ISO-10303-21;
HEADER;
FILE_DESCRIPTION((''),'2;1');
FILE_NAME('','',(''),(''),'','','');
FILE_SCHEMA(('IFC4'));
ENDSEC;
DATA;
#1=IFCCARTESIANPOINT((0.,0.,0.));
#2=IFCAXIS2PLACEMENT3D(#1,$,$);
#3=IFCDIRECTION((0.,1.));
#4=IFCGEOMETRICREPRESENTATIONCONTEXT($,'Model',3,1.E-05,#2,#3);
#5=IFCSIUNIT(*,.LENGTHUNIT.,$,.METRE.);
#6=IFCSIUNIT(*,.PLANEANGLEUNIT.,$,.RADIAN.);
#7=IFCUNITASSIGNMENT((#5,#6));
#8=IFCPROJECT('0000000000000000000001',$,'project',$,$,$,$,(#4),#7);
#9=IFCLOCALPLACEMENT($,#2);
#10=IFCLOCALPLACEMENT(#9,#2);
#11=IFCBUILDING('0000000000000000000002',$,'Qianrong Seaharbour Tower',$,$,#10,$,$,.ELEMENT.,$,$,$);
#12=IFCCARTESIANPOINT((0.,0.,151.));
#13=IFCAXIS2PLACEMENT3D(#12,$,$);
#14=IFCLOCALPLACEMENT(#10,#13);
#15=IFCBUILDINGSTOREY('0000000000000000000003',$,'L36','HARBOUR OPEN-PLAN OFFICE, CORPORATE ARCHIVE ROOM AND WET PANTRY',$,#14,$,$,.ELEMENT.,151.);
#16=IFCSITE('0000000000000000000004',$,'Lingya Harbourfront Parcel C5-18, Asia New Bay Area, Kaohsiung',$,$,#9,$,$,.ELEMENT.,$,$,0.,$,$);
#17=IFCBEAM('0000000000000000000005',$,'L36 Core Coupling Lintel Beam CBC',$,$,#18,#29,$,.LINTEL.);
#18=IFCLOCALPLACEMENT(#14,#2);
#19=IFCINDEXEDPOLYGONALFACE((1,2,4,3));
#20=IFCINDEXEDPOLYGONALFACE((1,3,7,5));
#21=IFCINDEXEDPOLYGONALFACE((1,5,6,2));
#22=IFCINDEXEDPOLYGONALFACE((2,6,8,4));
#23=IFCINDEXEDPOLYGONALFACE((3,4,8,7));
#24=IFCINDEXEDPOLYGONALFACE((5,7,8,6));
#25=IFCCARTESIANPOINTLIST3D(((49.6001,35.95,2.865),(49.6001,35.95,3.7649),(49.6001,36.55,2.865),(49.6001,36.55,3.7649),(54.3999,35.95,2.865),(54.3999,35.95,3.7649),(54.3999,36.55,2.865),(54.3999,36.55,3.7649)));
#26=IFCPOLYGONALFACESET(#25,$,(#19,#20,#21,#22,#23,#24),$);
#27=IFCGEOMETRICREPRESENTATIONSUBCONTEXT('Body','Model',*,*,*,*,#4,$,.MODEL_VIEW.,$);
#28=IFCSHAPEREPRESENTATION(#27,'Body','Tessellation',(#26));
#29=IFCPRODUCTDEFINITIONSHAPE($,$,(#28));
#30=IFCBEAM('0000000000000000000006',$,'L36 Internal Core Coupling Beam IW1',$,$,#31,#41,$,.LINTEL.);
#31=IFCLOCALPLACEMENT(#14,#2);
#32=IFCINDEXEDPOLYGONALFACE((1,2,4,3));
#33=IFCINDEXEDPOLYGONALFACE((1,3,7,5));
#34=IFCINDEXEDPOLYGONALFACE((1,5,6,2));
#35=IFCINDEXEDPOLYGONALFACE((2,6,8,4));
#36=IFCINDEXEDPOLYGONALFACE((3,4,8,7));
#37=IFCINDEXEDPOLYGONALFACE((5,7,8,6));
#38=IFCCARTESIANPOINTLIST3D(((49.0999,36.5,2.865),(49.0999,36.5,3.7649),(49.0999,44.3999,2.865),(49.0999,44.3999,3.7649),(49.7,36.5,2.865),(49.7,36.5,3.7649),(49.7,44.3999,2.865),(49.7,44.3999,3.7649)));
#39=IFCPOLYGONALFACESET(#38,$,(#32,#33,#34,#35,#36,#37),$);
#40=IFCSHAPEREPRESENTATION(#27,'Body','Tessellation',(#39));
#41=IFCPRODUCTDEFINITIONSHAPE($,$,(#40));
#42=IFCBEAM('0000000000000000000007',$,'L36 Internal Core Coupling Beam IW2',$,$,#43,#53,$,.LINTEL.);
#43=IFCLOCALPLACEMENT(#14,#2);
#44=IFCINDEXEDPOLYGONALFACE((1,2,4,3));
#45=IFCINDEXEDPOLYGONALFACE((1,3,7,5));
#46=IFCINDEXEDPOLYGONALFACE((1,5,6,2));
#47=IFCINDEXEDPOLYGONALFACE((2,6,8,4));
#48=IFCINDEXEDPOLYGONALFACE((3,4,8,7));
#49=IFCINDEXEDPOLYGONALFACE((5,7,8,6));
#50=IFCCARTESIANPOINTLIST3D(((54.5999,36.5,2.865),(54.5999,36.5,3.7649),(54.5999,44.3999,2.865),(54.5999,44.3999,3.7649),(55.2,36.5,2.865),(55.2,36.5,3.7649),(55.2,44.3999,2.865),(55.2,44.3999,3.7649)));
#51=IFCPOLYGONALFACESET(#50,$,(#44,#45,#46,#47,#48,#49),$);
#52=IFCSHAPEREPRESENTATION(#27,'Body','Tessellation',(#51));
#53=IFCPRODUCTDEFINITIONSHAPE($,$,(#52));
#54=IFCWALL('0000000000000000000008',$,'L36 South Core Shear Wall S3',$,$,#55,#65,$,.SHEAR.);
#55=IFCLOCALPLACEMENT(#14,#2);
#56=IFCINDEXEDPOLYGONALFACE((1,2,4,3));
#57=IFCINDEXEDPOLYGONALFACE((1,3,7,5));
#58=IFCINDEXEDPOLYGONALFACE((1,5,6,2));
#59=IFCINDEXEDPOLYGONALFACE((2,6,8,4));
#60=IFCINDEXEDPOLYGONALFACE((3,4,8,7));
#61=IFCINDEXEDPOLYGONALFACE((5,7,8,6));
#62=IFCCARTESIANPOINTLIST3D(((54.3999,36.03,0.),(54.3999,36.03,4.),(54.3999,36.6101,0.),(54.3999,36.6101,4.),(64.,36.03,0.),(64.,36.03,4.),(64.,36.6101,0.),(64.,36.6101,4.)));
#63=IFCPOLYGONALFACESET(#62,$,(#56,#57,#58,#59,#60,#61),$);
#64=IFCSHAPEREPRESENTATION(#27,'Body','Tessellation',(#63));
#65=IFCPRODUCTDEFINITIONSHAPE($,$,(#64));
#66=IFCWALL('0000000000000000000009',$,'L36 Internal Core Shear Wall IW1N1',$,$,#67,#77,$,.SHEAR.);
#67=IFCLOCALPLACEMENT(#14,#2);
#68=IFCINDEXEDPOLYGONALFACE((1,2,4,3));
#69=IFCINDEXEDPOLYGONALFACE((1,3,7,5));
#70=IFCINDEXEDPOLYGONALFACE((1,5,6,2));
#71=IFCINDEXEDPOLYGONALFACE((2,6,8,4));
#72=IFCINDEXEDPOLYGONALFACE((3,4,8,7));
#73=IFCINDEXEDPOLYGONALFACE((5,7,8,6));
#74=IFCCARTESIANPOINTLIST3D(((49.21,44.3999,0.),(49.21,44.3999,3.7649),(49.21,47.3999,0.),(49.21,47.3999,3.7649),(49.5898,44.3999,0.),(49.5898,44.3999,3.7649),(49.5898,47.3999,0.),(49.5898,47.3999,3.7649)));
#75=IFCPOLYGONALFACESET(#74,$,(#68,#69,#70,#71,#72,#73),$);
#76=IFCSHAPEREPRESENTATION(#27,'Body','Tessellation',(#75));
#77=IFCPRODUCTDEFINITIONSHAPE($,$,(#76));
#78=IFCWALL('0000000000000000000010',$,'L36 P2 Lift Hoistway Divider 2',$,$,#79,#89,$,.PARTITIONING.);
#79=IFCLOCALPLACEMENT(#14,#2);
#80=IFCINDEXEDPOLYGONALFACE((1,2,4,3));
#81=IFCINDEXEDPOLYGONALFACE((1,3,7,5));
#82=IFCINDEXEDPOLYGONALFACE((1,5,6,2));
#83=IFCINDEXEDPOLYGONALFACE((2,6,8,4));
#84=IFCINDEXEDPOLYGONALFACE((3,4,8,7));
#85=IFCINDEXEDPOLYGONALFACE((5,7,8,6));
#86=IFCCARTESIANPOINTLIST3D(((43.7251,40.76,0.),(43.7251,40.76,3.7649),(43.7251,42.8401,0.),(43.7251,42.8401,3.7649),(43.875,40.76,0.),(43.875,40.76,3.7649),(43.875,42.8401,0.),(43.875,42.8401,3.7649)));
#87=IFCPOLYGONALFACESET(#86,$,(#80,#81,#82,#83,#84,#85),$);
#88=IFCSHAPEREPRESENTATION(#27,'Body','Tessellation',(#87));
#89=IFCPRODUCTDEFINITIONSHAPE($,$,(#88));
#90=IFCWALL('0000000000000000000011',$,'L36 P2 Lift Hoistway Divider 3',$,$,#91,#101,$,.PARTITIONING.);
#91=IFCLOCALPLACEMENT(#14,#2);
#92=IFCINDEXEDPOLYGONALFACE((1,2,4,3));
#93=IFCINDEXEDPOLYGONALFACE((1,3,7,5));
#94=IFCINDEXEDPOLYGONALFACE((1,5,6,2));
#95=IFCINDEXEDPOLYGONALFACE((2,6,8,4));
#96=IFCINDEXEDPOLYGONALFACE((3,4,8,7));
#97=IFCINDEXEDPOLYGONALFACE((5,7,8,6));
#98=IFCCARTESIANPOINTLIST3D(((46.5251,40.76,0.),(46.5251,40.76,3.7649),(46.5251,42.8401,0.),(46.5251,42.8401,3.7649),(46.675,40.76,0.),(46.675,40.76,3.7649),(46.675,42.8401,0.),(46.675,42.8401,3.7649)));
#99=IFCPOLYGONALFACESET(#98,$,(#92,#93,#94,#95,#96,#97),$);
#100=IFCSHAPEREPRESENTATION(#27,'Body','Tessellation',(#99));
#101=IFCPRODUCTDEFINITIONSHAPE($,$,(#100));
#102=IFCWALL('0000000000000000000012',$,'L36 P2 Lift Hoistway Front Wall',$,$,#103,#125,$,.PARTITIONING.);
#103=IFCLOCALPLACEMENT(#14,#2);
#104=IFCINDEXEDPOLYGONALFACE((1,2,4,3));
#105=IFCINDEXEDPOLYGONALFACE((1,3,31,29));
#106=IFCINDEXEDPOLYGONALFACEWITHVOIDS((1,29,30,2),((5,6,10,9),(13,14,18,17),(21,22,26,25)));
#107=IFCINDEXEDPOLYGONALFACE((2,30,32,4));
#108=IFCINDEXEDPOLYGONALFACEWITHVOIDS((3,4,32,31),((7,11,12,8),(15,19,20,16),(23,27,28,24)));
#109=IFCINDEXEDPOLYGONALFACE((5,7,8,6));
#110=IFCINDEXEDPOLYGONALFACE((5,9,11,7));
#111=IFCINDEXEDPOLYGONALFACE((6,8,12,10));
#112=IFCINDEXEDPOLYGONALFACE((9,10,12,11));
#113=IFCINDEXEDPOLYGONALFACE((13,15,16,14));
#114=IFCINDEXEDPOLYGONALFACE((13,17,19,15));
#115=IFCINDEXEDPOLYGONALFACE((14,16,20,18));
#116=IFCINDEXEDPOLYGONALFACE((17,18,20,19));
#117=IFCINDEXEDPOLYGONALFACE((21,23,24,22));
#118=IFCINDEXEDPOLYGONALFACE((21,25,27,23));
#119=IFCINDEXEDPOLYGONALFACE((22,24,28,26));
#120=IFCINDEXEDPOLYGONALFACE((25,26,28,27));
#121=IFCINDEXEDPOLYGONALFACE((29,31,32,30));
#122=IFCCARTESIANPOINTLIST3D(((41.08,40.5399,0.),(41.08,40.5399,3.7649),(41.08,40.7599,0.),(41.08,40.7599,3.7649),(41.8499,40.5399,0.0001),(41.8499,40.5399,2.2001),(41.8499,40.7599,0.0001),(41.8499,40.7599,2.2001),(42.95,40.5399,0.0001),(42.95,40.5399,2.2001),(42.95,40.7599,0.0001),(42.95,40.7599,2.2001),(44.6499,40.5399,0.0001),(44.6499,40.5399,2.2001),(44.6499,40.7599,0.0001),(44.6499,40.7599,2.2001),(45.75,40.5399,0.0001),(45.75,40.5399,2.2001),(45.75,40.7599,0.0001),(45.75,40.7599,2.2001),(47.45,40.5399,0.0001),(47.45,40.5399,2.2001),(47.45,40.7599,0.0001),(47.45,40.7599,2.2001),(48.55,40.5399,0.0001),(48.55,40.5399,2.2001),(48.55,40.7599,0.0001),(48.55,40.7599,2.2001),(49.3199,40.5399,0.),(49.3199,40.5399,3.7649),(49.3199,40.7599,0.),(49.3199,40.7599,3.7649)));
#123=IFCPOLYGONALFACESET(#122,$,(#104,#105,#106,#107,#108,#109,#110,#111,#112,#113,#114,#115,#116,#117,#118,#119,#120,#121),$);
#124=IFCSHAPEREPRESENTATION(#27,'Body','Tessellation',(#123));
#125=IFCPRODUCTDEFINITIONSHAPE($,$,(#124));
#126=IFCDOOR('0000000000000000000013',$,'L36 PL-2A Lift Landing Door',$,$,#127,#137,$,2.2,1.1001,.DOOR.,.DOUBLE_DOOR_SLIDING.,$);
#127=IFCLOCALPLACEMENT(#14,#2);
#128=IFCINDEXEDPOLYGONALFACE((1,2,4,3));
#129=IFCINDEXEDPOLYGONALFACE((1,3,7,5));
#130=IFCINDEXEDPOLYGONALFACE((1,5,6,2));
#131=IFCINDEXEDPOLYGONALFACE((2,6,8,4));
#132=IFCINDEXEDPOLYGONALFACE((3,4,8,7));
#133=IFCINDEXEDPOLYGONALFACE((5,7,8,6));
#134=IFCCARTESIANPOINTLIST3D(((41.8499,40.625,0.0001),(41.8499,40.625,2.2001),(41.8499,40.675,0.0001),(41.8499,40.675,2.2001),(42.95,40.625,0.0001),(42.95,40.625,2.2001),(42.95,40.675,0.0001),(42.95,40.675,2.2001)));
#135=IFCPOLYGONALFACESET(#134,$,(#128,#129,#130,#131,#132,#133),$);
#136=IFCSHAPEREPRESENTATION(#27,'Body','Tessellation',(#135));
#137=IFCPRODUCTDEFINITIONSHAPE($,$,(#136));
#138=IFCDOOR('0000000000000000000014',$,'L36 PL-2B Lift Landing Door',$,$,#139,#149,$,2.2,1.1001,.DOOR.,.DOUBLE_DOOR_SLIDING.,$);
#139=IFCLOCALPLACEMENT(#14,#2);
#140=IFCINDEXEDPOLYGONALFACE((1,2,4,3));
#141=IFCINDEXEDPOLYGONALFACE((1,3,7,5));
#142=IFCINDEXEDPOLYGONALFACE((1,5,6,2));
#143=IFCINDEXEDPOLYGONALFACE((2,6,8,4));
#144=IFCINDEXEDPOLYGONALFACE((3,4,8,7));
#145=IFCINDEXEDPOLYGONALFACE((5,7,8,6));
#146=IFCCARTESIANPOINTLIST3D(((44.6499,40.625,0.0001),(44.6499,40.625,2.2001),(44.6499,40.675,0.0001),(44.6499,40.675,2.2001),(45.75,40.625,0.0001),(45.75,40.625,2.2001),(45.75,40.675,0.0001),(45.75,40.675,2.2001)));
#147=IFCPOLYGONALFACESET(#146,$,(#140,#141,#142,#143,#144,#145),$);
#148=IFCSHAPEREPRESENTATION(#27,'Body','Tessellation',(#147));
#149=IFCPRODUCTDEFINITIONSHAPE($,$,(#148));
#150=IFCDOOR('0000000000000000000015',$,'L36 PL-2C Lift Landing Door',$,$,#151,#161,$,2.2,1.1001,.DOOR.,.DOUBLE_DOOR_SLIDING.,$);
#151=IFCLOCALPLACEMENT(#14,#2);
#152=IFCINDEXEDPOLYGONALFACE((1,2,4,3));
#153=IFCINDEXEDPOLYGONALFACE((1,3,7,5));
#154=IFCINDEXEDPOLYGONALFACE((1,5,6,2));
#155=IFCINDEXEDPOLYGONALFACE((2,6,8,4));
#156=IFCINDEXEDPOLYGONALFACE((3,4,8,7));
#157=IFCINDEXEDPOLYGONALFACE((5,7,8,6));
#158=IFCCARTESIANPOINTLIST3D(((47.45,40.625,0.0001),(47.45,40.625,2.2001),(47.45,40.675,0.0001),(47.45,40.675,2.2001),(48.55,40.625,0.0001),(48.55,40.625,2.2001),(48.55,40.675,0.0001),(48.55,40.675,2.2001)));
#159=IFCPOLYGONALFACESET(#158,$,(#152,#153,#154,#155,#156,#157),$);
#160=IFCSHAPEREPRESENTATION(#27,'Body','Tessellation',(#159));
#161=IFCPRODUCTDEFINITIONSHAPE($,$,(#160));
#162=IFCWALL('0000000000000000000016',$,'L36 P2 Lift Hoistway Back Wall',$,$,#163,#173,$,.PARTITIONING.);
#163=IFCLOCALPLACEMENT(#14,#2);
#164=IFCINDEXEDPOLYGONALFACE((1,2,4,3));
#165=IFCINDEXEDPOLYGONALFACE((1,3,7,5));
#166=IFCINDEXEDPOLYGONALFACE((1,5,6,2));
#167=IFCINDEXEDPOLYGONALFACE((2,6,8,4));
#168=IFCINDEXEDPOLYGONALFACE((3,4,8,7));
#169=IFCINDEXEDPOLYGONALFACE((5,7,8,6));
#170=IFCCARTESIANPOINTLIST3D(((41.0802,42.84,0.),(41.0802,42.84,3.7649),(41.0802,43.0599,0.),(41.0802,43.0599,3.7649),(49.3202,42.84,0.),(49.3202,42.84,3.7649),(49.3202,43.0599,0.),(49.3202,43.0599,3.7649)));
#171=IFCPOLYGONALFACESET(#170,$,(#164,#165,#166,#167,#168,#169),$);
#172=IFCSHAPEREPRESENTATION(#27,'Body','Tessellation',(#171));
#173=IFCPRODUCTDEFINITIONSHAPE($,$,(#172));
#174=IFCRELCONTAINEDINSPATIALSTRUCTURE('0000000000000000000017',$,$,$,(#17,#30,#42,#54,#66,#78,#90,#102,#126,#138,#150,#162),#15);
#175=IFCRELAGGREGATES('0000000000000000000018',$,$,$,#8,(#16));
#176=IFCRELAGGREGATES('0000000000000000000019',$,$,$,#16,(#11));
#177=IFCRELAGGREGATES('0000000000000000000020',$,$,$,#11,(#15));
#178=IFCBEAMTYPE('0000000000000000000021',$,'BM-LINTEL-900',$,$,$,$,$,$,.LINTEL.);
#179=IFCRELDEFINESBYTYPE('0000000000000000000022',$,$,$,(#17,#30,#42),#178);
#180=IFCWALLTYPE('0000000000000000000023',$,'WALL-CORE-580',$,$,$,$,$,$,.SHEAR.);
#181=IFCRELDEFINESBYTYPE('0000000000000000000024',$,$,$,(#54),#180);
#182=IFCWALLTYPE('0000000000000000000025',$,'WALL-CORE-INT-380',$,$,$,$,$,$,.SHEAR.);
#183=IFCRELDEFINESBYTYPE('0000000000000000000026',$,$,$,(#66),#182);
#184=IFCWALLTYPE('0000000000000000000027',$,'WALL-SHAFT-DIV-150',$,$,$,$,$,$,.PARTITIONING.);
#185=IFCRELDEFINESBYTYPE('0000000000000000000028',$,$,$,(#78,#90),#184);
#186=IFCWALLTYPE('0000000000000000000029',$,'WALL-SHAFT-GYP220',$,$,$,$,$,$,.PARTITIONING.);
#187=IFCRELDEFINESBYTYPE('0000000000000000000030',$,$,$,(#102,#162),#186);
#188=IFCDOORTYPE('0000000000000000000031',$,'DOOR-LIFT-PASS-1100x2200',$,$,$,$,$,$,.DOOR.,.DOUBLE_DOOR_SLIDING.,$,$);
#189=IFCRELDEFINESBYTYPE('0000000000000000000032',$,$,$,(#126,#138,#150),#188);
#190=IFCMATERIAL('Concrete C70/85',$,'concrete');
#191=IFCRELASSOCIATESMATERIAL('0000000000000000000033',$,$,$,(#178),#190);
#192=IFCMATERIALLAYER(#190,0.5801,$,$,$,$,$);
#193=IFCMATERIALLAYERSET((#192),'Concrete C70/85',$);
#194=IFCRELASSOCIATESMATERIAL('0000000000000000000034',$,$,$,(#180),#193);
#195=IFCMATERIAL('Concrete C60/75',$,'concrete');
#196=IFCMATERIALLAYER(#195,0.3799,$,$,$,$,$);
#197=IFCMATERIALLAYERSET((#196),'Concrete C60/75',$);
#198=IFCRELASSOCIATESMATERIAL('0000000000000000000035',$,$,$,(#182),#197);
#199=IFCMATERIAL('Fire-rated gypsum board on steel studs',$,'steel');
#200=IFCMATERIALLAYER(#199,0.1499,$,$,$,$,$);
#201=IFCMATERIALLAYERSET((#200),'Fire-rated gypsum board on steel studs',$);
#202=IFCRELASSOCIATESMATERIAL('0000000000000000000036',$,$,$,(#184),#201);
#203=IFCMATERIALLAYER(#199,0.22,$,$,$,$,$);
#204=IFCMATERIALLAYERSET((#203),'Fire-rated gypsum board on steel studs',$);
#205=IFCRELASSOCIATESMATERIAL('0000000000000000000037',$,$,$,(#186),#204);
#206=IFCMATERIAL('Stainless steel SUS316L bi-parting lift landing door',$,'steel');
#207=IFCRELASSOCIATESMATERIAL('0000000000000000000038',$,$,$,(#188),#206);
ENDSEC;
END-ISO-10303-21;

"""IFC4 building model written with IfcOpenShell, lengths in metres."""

from ifc_helpers import new_model, si_unit, direction, frame, frame_2d, origin, origin_2d, place, context, subcontext, project, spatial, rectangle, extrude, material, layer, layer_set, material_profile, profile_set, type_object, element, fill, save


model = new_model("IFC4")

# Units and contexts
model_context = context("Model", 3, precision=1e-05, world=origin(), true_north=direction((0.0, 1.0)))
body_context = subcontext(model_context, "Body", "Model", "MODEL_VIEW")
ifc_project = project(units=[si_unit("LENGTHUNIT", "METRE"), si_unit("PLANEANGLEUNIT", "RADIAN")], contexts=[model_context])

# Site, building, storey
site_placement = place(None, origin())
site = spatial("IfcSite", under=ifc_project, at=site_placement, Name="Lingya Harbourfront Parcel C5-18, Asia New Bay Area, Kaohsiung", CompositionType="ELEMENT", RefElevation=0.0)
building_placement = place(site_placement, origin())
building = spatial("IfcBuilding", under=site, at=building_placement, Name="Qianrong Seaharbour Tower", CompositionType="ELEMENT")
storey_placement = place(building_placement, frame((0.0, 0.0, 151.0)))
storey = spatial("IfcBuildingStorey", under=building, at=storey_placement, Name="L36", Description="HARBOUR OPEN-PLAN OFFICE, CORPORATE ARCHIVE ROOM AND WET PANTRY", CompositionType="ELEMENT", Elevation=151.0)

# Beams
ifc_material_1 = material(Name="Concrete C70/85", Category="concrete")
ifc_material_profile = material_profile(ifc_material_1, rectangle(XDim=0.6001, YDim=0.8999, at=origin_2d()), Name="RC600x900")
ifc_profile_set = profile_set([ifc_material_profile], Name="Concrete C70/85")
beam_type = type_object("IfcBeamType", Name="BM-LINTEL-900", PredefinedType="LINTEL", material=ifc_profile_set)
beam_placement = place(storey_placement, frame((49.6001, 36.25, 3.3149), z_axis=(1.0, 0.0, 0.0), x_axis=(0.0, 1.0, 0.0)))
element("IfcBeam", 1, at=beam_placement, inside=storey, type_object=beam_type, Name="L36 Core Coupling Lintel Beam CBC", PredefinedType="LINTEL", context=body_context, shape_type="SweptSolid", body=[
    extrude(rectangle(XDim=0.6001, YDim=0.8999, at=origin_2d()), origin(), (0.0, 0.0, 1.0), 4.7998),
])
for number, where, z_axis, x_axis, name in (
    (2, (49.3999, 36.5, 3.3149), (0.0, 1.0, 0.0), (-1.0, 0.0, 0.0), "L36 Internal Core Coupling Beam IW1"),
    (3, (54.8999, 36.5, 3.3149), (0.0, 1.0, 0.0), (-1.0, 0.0, 0.0), "L36 Internal Core Coupling Beam IW2"),
):
    element("IfcBeam", number, at=place(storey_placement, frame(where, z_axis=z_axis, x_axis=x_axis)), inside=storey, type_object=beam_type, Name=name, PredefinedType="LINTEL", context=body_context, shape_type="SweptSolid", body=[
        extrude(rectangle(XDim=0.6001, YDim=0.8999, at=origin_2d()), origin(), (0.0, 0.0, 1.0), 7.8999),
    ])

# Walls
ifc_layer_1 = layer(ifc_material_1, 0.5801)
ifc_layer_set_1 = layer_set([ifc_layer_1], Name="Concrete C70/85")
wall_type_1 = type_object("IfcWallType", Name="WALL-CORE-580", PredefinedType="SHEAR", material=ifc_layer_set_1)
wall_1_placement = place(storey_placement, frame((54.3999, 36.3201, 0.0), z_axis=(0.0, 0.0, 1.0), x_axis=(1.0, 0.0, 0.0)))
element("IfcWall", 4, at=wall_1_placement, inside=storey, type_object=wall_type_1, Name="L36 South Core Shear Wall S3", PredefinedType="SHEAR", context=body_context, shape_type="SweptSolid", body=[
    extrude(rectangle(XDim=9.6001, YDim=0.5801, at=frame_2d((4.8, 0.0))), origin(), (0.0, 0.0, 1.0), 4.0),
])
ifc_material_2 = material(Name="Concrete C60/75", Category="concrete")
ifc_layer_2 = layer(ifc_material_2, 0.3799)
ifc_layer_set_2 = layer_set([ifc_layer_2], Name="Concrete C60/75")
wall_type_2 = type_object("IfcWallType", Name="WALL-CORE-INT-380", PredefinedType="SHEAR", material=ifc_layer_set_2)
wall_2_placement = place(storey_placement, frame((49.3999, 44.3999, 0.0), z_axis=(0.0, 0.0, 1.0), x_axis=(0.0, 1.0, 0.0)))
element("IfcWall", 5, at=wall_2_placement, inside=storey, type_object=wall_type_2, Name="L36 Internal Core Shear Wall IW1N1", PredefinedType="SHEAR", context=body_context, shape_type="SweptSolid", body=[
    extrude(rectangle(XDim=3.0, YDim=0.3799, at=frame_2d((1.5, 0.0))), origin(), (0.0, 0.0, 1.0), 3.7649),
])

# Walls
ifc_material_3 = material(Name="Fire-rated gypsum board on steel studs", Category="steel")
ifc_layer_3 = layer(ifc_material_3, 0.1499)
ifc_layer_set_3 = layer_set([ifc_layer_3], Name="Fire-rated gypsum board on steel studs")
wall_type_3 = type_object("IfcWallType", Name="WALL-SHAFT-DIV-150", PredefinedType="PARTITIONING", material=ifc_layer_set_3)
for number, where, z_axis, x_axis, name in (
    (6, (43.8, 40.76, 0.0), (0.0, 0.0, 1.0), (0.0, 1.0, 0.0), "L36 P2 Lift Hoistway Divider 2"),
    (7, (46.6001, 40.76, 0.0), (0.0, 0.0, 1.0), (0.0, 1.0, 0.0), "L36 P2 Lift Hoistway Divider 3"),
):
    element("IfcWall", number, at=place(storey_placement, frame(where, z_axis=z_axis, x_axis=x_axis)), inside=storey, type_object=wall_type_3, Name=name, PredefinedType="PARTITIONING", context=body_context, shape_type="SweptSolid", body=[
        extrude(rectangle(XDim=2.0801, YDim=0.1499, at=frame_2d((1.04, 0.0))), origin(), (0.0, 0.0, 1.0), 3.7649),
    ])

# Wall, openings, doors
ifc_layer_4 = layer(ifc_material_3, 0.22)
ifc_layer_set_4 = layer_set([ifc_layer_4], Name="Fire-rated gypsum board on steel studs")
wall_type_4 = type_object("IfcWallType", Name="WALL-SHAFT-GYP220", PredefinedType="PARTITIONING", material=ifc_layer_set_4)
wall_3_placement = place(storey_placement, frame((49.3201, 40.6499, 0.0), z_axis=(0.0, 0.0, 1.0), x_axis=(-1.0, 0.0, 0.0)))
wall_3 = element("IfcWall", 8, at=wall_3_placement, inside=storey, type_object=wall_type_4, Name="L36 P2 Lift Hoistway Front Wall", PredefinedType="PARTITIONING", context=body_context, shape_type="SweptSolid", body=[
    extrude(rectangle(XDim=8.24, YDim=0.22, at=frame_2d((4.1201, 0.0))), origin(), (0.0, 0.0, 1.0), 3.7649),
])
opening_1_placement = place(wall_3_placement, frame((6.3701, 0.0, 0.0)))
opening_1 = element("IfcOpeningElement", 9, at=opening_1_placement, cuts=wall_3, PredefinedType="OPENING", context=body_context, shape_type="SweptSolid", body=[
    extrude(rectangle(XDim=1.1001, YDim=2.2, at=frame_2d((0.55, 1.1001))), frame((0.0, 0.1201, 0.0), z_axis=(0.0, -1.0, 0.0), x_axis=(1.0, 0.0, 0.0)), (0.0, 0.0, 1.0), 0.24),
])
opening_2_placement = place(wall_3_placement, frame((3.5701, 0.0, 0.0)))
opening_2 = element("IfcOpeningElement", 10, at=opening_2_placement, cuts=wall_3, PredefinedType="OPENING", context=body_context, shape_type="SweptSolid", body=[
    extrude(rectangle(XDim=1.1001, YDim=2.2, at=frame_2d((0.55, 1.1001))), frame((0.0, 0.1201, 0.0), z_axis=(0.0, -1.0, 0.0), x_axis=(1.0, 0.0, 0.0)), (0.0, 0.0, 1.0), 0.24),
])
opening_3_placement = place(wall_3_placement, frame((0.77, 0.0, 0.0)))
opening_3 = element("IfcOpeningElement", 11, at=opening_3_placement, cuts=wall_3, PredefinedType="OPENING", context=body_context, shape_type="SweptSolid", body=[
    extrude(rectangle(XDim=1.1001, YDim=2.2, at=frame_2d((0.55, 1.1001))), frame((0.0, 0.1201, 0.0), z_axis=(0.0, -1.0, 0.0), x_axis=(1.0, 0.0, 0.0)), (0.0, 0.0, 1.0), 0.24),
])
ifc_material_4 = material(Name="Stainless steel SUS316L bi-parting lift landing door", Category="steel")
door_type_1 = type_object("IfcDoorType", Name="DOOR-LIFT-PASS-1100x2200", OperationType="DOUBLE_DOOR_SLIDING", PredefinedType="DOOR", material=ifc_material_4)
door_1_placement = place(opening_1_placement, origin())
door_1 = element("IfcDoor", 12, at=door_1_placement, inside=storey, type_object=door_type_1, Name="L36 PL-2A Lift Landing Door", OperationType="DOUBLE_DOOR_SLIDING", OverallHeight=2.2, OverallWidth=1.1001, PredefinedType="DOOR", context=body_context, shape_type="SweptSolid", body=[
    extrude(rectangle(XDim=1.1001, YDim=2.2, at=frame_2d((0.55, 1.1001))), frame((0.0, 0.0249, 0.0), z_axis=(0.0, -1.0, 0.0), x_axis=(1.0, 0.0, 0.0)), (0.0, 0.0, 1.0), 0.05),
])
fill(opening_1, door_1)
door_2_placement = place(opening_2_placement, origin())
door_2 = element("IfcDoor", 13, at=door_2_placement, inside=storey, type_object=door_type_1, Name="L36 PL-2B Lift Landing Door", OperationType="DOUBLE_DOOR_SLIDING", OverallHeight=2.2, OverallWidth=1.1001, PredefinedType="DOOR", context=body_context, shape_type="SweptSolid", body=[
    extrude(rectangle(XDim=1.1001, YDim=2.2, at=frame_2d((0.55, 1.1001))), frame((0.0, 0.0249, 0.0), z_axis=(0.0, -1.0, 0.0), x_axis=(1.0, 0.0, 0.0)), (0.0, 0.0, 1.0), 0.05),
])
fill(opening_2, door_2)
door_3_placement = place(opening_3_placement, origin())
door_3 = element("IfcDoor", 14, at=door_3_placement, inside=storey, type_object=door_type_1, Name="L36 PL-2C Lift Landing Door", OperationType="DOUBLE_DOOR_SLIDING", OverallHeight=2.2, OverallWidth=1.1001, PredefinedType="DOOR", context=body_context, shape_type="SweptSolid", body=[
    extrude(rectangle(XDim=1.1001, YDim=2.2, at=frame_2d((0.55, 1.1001))), frame((0.0, 0.0249, 0.0), z_axis=(0.0, -1.0, 0.0), x_axis=(1.0, 0.0, 0.0)), (0.0, 0.0, 1.0), 0.05),
])
fill(opening_3, door_3)

# Wall
wall_4_placement = place(storey_placement, frame((41.0801, 42.95, 0.0), z_axis=(0.0, 0.0, 1.0), x_axis=(1.0, 0.0, 0.0)))
element("IfcWall", 15, at=wall_4_placement, inside=storey, type_object=wall_type_4, Name="L36 P2 Lift Hoistway Back Wall", PredefinedType="PARTITIONING", context=body_context, shape_type="SweptSolid", body=[
    extrude(rectangle(XDim=8.24, YDim=0.22, at=frame_2d((4.1201, 0.0))), origin(), (0.0, 0.0, 1.0), 3.7649),
])

save(model, "model.ifc")
